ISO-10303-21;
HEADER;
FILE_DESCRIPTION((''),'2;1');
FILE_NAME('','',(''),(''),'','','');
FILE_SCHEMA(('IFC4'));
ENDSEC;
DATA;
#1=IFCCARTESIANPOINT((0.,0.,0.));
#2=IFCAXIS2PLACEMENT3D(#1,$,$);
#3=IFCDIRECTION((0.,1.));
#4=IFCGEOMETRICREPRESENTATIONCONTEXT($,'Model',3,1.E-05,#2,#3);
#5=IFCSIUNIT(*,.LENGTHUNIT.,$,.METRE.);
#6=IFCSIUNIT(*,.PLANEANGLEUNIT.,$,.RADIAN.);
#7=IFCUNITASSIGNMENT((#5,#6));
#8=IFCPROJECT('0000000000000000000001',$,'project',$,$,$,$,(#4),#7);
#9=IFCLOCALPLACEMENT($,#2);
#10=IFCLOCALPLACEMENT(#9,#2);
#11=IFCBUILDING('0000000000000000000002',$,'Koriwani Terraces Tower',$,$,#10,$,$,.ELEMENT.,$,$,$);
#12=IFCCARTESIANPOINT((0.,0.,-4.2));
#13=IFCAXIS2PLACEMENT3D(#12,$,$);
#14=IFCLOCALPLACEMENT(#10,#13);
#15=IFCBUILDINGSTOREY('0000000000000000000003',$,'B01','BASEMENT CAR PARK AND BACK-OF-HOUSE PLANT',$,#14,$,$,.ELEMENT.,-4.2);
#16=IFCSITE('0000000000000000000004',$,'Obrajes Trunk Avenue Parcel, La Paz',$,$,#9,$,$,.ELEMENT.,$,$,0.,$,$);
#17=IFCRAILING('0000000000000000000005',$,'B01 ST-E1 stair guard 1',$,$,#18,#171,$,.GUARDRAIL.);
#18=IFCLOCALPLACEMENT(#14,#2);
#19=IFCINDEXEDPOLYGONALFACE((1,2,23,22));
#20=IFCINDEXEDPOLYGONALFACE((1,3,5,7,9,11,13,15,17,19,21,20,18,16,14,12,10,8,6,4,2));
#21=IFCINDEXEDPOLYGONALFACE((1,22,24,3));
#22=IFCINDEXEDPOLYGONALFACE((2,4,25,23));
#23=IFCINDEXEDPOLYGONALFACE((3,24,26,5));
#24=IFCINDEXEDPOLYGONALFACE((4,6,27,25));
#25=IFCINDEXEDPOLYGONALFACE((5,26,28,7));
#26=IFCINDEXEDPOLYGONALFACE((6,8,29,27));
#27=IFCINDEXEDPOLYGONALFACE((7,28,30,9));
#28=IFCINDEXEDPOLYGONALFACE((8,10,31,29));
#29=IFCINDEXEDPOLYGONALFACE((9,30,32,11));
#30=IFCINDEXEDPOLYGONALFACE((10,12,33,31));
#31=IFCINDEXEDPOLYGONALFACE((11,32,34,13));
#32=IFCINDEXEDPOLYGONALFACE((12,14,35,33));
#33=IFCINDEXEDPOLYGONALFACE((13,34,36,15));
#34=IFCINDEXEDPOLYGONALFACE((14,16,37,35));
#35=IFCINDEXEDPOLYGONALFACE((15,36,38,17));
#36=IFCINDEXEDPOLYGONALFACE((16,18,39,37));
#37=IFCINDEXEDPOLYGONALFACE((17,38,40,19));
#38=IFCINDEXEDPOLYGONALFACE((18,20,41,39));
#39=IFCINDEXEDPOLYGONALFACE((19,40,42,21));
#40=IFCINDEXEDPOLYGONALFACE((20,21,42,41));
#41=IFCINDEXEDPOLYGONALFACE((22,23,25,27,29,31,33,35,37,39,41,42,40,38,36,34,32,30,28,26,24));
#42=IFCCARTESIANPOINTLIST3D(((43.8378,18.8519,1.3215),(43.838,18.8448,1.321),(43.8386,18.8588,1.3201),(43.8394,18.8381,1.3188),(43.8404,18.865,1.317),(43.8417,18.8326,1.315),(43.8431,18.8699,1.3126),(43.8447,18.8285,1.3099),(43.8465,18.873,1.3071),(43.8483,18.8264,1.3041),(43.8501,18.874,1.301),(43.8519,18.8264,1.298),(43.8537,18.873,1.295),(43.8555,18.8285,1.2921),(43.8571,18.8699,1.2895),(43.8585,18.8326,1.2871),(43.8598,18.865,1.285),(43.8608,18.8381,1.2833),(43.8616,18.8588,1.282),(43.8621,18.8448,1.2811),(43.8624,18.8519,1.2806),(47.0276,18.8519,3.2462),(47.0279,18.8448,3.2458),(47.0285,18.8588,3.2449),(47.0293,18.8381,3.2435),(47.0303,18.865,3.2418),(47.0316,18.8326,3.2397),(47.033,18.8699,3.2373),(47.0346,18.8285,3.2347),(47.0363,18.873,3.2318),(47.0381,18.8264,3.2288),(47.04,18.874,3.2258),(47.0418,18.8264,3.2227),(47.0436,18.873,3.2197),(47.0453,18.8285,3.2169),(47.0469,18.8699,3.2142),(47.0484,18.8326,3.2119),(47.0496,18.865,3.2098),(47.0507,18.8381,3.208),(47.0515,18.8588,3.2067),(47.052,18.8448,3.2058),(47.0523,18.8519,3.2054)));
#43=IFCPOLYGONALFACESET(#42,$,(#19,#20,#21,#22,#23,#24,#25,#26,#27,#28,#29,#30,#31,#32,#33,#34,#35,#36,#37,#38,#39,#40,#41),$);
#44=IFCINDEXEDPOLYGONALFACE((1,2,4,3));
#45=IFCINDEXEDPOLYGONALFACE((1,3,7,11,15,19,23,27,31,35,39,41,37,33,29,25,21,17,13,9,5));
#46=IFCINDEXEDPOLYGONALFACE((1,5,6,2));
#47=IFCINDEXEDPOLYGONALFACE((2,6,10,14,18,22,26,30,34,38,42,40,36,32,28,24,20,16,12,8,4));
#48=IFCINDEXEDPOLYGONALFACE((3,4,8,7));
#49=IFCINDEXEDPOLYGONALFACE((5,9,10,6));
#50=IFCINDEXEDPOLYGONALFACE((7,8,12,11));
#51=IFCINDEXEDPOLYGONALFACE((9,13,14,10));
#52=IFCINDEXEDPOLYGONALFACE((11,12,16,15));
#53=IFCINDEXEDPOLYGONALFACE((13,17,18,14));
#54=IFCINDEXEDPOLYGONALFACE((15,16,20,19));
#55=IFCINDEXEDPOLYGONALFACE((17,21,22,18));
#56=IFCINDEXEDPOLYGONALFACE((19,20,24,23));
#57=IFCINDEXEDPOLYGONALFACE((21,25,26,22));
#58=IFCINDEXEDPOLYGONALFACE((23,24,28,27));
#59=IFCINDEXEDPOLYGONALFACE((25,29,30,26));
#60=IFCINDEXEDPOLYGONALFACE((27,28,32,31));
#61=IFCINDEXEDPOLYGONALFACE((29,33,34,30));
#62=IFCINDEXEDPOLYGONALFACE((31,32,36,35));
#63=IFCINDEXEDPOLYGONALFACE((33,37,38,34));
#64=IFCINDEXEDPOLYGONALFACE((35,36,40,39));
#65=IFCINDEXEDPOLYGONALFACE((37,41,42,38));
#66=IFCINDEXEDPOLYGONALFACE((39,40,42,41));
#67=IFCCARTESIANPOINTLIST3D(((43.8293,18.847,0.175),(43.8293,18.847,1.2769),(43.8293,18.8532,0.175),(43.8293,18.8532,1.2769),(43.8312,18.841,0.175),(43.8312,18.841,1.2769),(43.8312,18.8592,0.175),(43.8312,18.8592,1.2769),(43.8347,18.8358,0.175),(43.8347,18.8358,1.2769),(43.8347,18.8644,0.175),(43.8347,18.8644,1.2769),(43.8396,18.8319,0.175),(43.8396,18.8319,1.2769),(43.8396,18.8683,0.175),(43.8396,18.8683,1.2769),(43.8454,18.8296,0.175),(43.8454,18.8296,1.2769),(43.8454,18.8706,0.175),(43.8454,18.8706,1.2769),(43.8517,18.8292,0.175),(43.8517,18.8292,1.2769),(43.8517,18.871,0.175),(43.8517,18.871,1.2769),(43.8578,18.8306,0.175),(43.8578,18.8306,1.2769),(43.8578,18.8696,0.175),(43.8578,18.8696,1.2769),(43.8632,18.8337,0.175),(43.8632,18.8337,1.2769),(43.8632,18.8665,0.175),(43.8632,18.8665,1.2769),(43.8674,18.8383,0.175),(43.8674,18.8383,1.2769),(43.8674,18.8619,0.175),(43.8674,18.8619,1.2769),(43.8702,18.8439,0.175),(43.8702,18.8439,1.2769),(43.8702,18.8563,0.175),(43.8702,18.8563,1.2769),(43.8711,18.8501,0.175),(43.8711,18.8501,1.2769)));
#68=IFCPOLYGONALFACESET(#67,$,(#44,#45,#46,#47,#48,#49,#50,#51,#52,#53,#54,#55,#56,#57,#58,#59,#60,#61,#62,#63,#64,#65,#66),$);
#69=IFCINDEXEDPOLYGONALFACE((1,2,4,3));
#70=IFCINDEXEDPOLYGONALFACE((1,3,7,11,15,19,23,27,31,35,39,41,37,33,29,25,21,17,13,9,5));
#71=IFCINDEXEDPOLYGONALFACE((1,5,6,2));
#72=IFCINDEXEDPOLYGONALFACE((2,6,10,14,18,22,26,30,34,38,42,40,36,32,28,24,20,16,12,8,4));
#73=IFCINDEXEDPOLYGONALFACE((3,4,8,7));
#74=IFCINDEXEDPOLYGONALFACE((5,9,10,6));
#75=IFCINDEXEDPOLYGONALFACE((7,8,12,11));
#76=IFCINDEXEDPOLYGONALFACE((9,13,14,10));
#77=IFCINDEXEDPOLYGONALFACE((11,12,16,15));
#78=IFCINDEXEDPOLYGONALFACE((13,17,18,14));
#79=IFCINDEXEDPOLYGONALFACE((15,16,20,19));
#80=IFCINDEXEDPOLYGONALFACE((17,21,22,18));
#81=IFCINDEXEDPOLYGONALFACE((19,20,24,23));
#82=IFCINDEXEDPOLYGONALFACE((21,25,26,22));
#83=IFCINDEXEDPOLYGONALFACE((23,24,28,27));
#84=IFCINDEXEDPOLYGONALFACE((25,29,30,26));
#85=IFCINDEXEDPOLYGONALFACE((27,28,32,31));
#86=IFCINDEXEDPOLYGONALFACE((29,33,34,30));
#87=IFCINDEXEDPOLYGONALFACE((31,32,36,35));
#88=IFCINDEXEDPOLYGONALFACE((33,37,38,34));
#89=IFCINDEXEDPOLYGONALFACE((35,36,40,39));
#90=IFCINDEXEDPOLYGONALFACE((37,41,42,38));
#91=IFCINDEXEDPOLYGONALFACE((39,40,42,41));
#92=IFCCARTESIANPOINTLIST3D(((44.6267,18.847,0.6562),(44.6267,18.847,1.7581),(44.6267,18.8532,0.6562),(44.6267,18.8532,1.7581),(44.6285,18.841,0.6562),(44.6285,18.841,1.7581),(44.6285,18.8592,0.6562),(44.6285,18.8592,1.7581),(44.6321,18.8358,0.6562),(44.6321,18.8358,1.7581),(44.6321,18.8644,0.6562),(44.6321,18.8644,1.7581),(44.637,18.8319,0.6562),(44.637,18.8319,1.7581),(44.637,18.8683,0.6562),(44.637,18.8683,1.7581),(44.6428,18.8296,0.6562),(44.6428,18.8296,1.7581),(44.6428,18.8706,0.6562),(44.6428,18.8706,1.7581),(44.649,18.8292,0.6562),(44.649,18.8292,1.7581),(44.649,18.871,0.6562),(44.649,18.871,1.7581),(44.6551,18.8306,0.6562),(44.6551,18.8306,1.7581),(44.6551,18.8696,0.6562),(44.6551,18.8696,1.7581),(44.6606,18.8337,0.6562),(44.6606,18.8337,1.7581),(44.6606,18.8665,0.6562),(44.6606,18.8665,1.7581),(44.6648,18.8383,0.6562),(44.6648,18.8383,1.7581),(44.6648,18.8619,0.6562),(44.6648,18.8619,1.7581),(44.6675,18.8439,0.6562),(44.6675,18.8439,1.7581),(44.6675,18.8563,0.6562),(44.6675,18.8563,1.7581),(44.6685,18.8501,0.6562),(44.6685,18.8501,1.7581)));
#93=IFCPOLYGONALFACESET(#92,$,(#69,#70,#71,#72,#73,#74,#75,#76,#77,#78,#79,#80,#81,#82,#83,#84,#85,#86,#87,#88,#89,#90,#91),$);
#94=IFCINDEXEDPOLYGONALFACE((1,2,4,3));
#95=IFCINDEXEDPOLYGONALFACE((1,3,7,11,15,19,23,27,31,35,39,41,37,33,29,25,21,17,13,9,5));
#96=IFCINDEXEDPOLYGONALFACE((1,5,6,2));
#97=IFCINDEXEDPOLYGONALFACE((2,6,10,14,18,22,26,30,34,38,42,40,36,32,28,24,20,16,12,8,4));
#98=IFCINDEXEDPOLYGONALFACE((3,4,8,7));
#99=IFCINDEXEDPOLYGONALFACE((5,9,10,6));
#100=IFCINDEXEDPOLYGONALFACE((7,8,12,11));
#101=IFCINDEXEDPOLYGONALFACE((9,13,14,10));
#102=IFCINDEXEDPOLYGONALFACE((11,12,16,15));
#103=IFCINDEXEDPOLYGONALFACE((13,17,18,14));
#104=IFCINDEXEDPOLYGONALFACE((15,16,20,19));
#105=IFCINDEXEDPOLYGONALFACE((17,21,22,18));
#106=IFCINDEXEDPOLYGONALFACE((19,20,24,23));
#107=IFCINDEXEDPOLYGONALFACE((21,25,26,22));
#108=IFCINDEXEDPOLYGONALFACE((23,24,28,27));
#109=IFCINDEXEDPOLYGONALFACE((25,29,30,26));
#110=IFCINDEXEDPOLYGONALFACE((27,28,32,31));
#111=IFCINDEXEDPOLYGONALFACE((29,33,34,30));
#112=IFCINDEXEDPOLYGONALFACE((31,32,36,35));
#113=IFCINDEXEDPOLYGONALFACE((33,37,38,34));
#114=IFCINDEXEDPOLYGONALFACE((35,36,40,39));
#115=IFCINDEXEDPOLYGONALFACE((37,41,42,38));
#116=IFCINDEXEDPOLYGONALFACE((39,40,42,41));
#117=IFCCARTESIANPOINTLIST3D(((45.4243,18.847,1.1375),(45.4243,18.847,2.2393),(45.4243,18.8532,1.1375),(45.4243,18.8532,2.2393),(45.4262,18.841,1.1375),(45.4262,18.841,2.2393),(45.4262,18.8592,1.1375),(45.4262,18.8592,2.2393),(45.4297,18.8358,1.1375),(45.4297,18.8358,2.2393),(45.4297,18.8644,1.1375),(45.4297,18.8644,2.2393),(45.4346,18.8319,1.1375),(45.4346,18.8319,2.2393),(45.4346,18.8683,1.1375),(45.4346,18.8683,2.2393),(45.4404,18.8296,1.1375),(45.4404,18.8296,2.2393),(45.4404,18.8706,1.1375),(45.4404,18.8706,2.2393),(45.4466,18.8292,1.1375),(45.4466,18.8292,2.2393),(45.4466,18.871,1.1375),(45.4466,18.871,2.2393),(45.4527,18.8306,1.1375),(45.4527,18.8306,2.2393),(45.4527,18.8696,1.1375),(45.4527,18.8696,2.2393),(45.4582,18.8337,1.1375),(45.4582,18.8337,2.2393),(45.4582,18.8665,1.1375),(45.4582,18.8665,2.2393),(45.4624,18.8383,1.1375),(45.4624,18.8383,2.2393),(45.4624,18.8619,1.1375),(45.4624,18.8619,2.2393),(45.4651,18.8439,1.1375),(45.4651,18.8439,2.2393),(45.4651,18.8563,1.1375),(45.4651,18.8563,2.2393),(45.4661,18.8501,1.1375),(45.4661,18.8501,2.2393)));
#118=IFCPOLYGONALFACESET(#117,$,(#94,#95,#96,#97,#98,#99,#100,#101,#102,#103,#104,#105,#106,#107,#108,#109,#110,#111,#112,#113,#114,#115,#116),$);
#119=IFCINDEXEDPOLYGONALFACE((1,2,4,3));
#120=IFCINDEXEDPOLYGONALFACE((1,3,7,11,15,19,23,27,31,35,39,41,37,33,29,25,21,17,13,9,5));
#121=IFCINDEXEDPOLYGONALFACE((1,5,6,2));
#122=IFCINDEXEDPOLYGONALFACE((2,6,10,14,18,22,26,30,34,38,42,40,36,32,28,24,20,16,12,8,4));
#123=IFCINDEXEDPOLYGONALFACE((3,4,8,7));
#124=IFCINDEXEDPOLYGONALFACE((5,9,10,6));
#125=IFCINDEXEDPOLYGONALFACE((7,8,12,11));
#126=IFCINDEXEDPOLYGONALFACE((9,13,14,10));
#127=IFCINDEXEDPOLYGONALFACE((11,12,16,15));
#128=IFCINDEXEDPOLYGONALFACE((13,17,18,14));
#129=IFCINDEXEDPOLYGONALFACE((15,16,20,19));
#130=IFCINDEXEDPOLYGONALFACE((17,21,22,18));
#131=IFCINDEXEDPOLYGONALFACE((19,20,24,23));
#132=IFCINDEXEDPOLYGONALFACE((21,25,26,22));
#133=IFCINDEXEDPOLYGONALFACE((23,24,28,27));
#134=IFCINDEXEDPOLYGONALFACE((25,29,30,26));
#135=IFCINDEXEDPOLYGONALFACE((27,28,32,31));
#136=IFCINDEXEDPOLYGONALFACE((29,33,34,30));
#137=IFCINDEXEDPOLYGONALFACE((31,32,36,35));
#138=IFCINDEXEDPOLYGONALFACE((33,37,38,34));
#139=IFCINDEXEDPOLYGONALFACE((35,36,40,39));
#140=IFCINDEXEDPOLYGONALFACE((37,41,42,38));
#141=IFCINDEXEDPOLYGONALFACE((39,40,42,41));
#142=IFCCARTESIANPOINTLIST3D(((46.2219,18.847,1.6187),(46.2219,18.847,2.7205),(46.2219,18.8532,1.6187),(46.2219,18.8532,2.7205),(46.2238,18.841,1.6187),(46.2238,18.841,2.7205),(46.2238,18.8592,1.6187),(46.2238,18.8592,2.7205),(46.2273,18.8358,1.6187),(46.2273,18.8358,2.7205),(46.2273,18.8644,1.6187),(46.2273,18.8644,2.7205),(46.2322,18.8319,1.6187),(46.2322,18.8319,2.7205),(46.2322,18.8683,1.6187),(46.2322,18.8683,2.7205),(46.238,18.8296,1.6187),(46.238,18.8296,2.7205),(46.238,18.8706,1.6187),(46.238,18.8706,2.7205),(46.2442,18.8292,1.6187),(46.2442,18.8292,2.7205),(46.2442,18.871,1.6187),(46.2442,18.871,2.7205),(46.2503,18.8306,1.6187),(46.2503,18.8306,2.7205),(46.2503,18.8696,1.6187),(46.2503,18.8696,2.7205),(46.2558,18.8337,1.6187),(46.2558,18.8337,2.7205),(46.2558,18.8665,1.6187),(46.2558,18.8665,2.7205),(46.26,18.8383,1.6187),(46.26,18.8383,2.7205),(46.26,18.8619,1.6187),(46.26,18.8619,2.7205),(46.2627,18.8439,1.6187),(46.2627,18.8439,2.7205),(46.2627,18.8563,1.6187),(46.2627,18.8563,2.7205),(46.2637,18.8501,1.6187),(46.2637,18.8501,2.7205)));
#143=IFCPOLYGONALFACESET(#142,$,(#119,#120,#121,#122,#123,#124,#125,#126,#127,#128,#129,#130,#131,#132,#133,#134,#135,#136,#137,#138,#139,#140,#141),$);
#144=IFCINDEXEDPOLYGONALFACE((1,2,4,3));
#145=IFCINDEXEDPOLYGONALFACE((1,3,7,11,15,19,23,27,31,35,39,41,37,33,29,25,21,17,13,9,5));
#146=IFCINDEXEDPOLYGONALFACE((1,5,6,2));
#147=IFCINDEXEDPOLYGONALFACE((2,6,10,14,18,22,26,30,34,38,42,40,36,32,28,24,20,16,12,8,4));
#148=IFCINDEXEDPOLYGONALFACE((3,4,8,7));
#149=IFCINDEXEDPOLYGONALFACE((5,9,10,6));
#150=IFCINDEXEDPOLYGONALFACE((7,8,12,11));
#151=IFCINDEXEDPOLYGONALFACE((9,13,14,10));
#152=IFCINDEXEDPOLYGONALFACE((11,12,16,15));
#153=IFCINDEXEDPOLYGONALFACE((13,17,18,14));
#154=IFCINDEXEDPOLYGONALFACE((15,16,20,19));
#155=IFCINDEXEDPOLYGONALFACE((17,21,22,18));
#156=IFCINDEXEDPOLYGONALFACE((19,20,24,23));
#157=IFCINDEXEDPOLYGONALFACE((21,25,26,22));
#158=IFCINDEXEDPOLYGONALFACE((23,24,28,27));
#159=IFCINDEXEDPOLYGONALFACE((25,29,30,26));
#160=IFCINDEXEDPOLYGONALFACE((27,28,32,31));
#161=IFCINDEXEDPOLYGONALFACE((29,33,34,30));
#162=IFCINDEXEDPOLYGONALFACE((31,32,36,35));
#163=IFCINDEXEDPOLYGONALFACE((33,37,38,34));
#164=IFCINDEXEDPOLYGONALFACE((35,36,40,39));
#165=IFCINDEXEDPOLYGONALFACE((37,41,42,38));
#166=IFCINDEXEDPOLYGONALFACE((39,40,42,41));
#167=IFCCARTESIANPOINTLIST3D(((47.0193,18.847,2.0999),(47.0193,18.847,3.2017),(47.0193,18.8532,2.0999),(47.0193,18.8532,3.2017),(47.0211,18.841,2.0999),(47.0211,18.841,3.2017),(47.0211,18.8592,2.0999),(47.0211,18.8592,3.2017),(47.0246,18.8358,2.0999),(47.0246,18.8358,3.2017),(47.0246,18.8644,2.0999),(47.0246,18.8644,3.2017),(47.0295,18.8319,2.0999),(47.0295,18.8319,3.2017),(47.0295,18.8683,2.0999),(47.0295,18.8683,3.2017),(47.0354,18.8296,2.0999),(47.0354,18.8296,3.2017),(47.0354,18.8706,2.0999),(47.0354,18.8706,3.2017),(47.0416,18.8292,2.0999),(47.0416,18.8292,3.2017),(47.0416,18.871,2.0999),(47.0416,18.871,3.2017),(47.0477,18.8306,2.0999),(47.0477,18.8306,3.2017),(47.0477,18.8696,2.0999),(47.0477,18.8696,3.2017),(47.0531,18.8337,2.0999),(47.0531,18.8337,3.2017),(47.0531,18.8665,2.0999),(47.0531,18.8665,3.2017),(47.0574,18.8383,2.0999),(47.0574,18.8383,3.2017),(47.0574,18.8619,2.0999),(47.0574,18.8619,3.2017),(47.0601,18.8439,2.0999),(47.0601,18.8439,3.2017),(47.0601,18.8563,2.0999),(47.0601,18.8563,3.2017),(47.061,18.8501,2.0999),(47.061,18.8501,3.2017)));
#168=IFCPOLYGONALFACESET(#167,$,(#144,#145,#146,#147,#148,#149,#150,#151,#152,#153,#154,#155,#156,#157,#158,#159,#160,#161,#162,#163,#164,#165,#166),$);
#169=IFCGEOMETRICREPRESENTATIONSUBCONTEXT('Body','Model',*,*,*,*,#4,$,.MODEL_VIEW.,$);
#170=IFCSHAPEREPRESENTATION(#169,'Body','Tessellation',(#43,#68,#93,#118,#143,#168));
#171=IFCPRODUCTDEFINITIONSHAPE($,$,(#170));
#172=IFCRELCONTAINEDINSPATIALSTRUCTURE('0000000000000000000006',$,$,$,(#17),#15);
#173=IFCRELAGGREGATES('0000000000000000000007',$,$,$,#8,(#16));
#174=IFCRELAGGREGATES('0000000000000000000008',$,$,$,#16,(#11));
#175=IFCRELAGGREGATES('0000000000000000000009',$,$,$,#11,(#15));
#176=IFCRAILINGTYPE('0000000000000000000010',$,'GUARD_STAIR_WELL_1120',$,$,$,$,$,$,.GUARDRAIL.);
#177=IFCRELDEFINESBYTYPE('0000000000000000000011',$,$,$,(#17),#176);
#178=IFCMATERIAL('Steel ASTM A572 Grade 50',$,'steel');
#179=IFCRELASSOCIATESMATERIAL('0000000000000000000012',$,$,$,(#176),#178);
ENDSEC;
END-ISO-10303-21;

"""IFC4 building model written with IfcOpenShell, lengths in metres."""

from ifc_helpers import new_model, si_unit, direction, frame, origin, origin_2d, place, context, subcontext, project, spatial, circle, extrude, material, type_object, element, save


model = new_model("IFC4")

# Units and contexts
model_context = context("Model", 3, precision=1e-05, world=origin(), true_north=direction((0.0, 1.0)))
body_context = subcontext(model_context, "Body", "Model", "MODEL_VIEW")
ifc_project = project(units=[si_unit("LENGTHUNIT", "METRE"), si_unit("PLANEANGLEUNIT", "RADIAN")], contexts=[model_context])

# Site, building, storey
site_placement = place(None, origin())
site = spatial("IfcSite", under=ifc_project, at=site_placement, Name="Obrajes Trunk Avenue Parcel, La Paz", CompositionType="ELEMENT", RefElevation=0.0)
building_placement = place(site_placement, origin())
building = spatial("IfcBuilding", under=site, at=building_placement, Name="Koriwani Terraces Tower", CompositionType="ELEMENT")
storey_placement = place(building_placement, frame((0.0, 0.0, -4.2)))
storey = spatial("IfcBuildingStorey", under=building, at=storey_placement, Name="B01", Description="BASEMENT CAR PARK AND BACK-OF-HOUSE PLANT", CompositionType="ELEMENT", Elevation=-4.2)

# Shared definitions
ifc_material_1 = material(Name="Steel ASTM A572 Grade 50", Category="steel")

# Railing
railing_type_1 = type_object("IfcRailingType", Name="GUARD_STAIR_WELL_1120", PredefinedType="GUARDRAIL", material=ifc_material_1)
railing_1_placement = place(storey_placement, frame((43.8501, 18.8501, 0.175)))
element("IfcRailing", 1, at=railing_1_placement, inside=storey, type_object=railing_type_1, Name="B01 ST-E1 stair guard 1", PredefinedType="GUARDRAIL", context=body_context, shape_type="SweptSolid", body=[
    extrude(circle(Radius=0.0239, at=origin_2d()), frame((0.0, 0.0, 1.126), z_axis=(0.856207, 0.0, 0.516633), x_axis=(0.0, 1.0, 0.0)), (0.0, 0.0, 1.0), 3.7256),
    extrude(circle(Radius=0.021, at=origin_2d()), origin(), (0.0, 0.0, 1.0), 1.1018),
    extrude(circle(Radius=0.021, at=origin_2d()), frame((0.7974, 0.0, 0.4812)), (0.0, 0.0, 1.0), 1.1018),
    extrude(circle(Radius=0.021, at=origin_2d()), frame((1.595, 0.0, 0.9624)), (0.0, 0.0, 1.0), 1.1018),
    extrude(circle(Radius=0.021, at=origin_2d()), frame((2.3926, 0.0, 1.4436)), (0.0, 0.0, 1.0), 1.1018),
    extrude(circle(Radius=0.021, at=origin_2d()), frame((3.1899, 0.0, 1.9248)), (0.0, 0.0, 1.0), 1.1018),
])

save(model, "model.ifc")
